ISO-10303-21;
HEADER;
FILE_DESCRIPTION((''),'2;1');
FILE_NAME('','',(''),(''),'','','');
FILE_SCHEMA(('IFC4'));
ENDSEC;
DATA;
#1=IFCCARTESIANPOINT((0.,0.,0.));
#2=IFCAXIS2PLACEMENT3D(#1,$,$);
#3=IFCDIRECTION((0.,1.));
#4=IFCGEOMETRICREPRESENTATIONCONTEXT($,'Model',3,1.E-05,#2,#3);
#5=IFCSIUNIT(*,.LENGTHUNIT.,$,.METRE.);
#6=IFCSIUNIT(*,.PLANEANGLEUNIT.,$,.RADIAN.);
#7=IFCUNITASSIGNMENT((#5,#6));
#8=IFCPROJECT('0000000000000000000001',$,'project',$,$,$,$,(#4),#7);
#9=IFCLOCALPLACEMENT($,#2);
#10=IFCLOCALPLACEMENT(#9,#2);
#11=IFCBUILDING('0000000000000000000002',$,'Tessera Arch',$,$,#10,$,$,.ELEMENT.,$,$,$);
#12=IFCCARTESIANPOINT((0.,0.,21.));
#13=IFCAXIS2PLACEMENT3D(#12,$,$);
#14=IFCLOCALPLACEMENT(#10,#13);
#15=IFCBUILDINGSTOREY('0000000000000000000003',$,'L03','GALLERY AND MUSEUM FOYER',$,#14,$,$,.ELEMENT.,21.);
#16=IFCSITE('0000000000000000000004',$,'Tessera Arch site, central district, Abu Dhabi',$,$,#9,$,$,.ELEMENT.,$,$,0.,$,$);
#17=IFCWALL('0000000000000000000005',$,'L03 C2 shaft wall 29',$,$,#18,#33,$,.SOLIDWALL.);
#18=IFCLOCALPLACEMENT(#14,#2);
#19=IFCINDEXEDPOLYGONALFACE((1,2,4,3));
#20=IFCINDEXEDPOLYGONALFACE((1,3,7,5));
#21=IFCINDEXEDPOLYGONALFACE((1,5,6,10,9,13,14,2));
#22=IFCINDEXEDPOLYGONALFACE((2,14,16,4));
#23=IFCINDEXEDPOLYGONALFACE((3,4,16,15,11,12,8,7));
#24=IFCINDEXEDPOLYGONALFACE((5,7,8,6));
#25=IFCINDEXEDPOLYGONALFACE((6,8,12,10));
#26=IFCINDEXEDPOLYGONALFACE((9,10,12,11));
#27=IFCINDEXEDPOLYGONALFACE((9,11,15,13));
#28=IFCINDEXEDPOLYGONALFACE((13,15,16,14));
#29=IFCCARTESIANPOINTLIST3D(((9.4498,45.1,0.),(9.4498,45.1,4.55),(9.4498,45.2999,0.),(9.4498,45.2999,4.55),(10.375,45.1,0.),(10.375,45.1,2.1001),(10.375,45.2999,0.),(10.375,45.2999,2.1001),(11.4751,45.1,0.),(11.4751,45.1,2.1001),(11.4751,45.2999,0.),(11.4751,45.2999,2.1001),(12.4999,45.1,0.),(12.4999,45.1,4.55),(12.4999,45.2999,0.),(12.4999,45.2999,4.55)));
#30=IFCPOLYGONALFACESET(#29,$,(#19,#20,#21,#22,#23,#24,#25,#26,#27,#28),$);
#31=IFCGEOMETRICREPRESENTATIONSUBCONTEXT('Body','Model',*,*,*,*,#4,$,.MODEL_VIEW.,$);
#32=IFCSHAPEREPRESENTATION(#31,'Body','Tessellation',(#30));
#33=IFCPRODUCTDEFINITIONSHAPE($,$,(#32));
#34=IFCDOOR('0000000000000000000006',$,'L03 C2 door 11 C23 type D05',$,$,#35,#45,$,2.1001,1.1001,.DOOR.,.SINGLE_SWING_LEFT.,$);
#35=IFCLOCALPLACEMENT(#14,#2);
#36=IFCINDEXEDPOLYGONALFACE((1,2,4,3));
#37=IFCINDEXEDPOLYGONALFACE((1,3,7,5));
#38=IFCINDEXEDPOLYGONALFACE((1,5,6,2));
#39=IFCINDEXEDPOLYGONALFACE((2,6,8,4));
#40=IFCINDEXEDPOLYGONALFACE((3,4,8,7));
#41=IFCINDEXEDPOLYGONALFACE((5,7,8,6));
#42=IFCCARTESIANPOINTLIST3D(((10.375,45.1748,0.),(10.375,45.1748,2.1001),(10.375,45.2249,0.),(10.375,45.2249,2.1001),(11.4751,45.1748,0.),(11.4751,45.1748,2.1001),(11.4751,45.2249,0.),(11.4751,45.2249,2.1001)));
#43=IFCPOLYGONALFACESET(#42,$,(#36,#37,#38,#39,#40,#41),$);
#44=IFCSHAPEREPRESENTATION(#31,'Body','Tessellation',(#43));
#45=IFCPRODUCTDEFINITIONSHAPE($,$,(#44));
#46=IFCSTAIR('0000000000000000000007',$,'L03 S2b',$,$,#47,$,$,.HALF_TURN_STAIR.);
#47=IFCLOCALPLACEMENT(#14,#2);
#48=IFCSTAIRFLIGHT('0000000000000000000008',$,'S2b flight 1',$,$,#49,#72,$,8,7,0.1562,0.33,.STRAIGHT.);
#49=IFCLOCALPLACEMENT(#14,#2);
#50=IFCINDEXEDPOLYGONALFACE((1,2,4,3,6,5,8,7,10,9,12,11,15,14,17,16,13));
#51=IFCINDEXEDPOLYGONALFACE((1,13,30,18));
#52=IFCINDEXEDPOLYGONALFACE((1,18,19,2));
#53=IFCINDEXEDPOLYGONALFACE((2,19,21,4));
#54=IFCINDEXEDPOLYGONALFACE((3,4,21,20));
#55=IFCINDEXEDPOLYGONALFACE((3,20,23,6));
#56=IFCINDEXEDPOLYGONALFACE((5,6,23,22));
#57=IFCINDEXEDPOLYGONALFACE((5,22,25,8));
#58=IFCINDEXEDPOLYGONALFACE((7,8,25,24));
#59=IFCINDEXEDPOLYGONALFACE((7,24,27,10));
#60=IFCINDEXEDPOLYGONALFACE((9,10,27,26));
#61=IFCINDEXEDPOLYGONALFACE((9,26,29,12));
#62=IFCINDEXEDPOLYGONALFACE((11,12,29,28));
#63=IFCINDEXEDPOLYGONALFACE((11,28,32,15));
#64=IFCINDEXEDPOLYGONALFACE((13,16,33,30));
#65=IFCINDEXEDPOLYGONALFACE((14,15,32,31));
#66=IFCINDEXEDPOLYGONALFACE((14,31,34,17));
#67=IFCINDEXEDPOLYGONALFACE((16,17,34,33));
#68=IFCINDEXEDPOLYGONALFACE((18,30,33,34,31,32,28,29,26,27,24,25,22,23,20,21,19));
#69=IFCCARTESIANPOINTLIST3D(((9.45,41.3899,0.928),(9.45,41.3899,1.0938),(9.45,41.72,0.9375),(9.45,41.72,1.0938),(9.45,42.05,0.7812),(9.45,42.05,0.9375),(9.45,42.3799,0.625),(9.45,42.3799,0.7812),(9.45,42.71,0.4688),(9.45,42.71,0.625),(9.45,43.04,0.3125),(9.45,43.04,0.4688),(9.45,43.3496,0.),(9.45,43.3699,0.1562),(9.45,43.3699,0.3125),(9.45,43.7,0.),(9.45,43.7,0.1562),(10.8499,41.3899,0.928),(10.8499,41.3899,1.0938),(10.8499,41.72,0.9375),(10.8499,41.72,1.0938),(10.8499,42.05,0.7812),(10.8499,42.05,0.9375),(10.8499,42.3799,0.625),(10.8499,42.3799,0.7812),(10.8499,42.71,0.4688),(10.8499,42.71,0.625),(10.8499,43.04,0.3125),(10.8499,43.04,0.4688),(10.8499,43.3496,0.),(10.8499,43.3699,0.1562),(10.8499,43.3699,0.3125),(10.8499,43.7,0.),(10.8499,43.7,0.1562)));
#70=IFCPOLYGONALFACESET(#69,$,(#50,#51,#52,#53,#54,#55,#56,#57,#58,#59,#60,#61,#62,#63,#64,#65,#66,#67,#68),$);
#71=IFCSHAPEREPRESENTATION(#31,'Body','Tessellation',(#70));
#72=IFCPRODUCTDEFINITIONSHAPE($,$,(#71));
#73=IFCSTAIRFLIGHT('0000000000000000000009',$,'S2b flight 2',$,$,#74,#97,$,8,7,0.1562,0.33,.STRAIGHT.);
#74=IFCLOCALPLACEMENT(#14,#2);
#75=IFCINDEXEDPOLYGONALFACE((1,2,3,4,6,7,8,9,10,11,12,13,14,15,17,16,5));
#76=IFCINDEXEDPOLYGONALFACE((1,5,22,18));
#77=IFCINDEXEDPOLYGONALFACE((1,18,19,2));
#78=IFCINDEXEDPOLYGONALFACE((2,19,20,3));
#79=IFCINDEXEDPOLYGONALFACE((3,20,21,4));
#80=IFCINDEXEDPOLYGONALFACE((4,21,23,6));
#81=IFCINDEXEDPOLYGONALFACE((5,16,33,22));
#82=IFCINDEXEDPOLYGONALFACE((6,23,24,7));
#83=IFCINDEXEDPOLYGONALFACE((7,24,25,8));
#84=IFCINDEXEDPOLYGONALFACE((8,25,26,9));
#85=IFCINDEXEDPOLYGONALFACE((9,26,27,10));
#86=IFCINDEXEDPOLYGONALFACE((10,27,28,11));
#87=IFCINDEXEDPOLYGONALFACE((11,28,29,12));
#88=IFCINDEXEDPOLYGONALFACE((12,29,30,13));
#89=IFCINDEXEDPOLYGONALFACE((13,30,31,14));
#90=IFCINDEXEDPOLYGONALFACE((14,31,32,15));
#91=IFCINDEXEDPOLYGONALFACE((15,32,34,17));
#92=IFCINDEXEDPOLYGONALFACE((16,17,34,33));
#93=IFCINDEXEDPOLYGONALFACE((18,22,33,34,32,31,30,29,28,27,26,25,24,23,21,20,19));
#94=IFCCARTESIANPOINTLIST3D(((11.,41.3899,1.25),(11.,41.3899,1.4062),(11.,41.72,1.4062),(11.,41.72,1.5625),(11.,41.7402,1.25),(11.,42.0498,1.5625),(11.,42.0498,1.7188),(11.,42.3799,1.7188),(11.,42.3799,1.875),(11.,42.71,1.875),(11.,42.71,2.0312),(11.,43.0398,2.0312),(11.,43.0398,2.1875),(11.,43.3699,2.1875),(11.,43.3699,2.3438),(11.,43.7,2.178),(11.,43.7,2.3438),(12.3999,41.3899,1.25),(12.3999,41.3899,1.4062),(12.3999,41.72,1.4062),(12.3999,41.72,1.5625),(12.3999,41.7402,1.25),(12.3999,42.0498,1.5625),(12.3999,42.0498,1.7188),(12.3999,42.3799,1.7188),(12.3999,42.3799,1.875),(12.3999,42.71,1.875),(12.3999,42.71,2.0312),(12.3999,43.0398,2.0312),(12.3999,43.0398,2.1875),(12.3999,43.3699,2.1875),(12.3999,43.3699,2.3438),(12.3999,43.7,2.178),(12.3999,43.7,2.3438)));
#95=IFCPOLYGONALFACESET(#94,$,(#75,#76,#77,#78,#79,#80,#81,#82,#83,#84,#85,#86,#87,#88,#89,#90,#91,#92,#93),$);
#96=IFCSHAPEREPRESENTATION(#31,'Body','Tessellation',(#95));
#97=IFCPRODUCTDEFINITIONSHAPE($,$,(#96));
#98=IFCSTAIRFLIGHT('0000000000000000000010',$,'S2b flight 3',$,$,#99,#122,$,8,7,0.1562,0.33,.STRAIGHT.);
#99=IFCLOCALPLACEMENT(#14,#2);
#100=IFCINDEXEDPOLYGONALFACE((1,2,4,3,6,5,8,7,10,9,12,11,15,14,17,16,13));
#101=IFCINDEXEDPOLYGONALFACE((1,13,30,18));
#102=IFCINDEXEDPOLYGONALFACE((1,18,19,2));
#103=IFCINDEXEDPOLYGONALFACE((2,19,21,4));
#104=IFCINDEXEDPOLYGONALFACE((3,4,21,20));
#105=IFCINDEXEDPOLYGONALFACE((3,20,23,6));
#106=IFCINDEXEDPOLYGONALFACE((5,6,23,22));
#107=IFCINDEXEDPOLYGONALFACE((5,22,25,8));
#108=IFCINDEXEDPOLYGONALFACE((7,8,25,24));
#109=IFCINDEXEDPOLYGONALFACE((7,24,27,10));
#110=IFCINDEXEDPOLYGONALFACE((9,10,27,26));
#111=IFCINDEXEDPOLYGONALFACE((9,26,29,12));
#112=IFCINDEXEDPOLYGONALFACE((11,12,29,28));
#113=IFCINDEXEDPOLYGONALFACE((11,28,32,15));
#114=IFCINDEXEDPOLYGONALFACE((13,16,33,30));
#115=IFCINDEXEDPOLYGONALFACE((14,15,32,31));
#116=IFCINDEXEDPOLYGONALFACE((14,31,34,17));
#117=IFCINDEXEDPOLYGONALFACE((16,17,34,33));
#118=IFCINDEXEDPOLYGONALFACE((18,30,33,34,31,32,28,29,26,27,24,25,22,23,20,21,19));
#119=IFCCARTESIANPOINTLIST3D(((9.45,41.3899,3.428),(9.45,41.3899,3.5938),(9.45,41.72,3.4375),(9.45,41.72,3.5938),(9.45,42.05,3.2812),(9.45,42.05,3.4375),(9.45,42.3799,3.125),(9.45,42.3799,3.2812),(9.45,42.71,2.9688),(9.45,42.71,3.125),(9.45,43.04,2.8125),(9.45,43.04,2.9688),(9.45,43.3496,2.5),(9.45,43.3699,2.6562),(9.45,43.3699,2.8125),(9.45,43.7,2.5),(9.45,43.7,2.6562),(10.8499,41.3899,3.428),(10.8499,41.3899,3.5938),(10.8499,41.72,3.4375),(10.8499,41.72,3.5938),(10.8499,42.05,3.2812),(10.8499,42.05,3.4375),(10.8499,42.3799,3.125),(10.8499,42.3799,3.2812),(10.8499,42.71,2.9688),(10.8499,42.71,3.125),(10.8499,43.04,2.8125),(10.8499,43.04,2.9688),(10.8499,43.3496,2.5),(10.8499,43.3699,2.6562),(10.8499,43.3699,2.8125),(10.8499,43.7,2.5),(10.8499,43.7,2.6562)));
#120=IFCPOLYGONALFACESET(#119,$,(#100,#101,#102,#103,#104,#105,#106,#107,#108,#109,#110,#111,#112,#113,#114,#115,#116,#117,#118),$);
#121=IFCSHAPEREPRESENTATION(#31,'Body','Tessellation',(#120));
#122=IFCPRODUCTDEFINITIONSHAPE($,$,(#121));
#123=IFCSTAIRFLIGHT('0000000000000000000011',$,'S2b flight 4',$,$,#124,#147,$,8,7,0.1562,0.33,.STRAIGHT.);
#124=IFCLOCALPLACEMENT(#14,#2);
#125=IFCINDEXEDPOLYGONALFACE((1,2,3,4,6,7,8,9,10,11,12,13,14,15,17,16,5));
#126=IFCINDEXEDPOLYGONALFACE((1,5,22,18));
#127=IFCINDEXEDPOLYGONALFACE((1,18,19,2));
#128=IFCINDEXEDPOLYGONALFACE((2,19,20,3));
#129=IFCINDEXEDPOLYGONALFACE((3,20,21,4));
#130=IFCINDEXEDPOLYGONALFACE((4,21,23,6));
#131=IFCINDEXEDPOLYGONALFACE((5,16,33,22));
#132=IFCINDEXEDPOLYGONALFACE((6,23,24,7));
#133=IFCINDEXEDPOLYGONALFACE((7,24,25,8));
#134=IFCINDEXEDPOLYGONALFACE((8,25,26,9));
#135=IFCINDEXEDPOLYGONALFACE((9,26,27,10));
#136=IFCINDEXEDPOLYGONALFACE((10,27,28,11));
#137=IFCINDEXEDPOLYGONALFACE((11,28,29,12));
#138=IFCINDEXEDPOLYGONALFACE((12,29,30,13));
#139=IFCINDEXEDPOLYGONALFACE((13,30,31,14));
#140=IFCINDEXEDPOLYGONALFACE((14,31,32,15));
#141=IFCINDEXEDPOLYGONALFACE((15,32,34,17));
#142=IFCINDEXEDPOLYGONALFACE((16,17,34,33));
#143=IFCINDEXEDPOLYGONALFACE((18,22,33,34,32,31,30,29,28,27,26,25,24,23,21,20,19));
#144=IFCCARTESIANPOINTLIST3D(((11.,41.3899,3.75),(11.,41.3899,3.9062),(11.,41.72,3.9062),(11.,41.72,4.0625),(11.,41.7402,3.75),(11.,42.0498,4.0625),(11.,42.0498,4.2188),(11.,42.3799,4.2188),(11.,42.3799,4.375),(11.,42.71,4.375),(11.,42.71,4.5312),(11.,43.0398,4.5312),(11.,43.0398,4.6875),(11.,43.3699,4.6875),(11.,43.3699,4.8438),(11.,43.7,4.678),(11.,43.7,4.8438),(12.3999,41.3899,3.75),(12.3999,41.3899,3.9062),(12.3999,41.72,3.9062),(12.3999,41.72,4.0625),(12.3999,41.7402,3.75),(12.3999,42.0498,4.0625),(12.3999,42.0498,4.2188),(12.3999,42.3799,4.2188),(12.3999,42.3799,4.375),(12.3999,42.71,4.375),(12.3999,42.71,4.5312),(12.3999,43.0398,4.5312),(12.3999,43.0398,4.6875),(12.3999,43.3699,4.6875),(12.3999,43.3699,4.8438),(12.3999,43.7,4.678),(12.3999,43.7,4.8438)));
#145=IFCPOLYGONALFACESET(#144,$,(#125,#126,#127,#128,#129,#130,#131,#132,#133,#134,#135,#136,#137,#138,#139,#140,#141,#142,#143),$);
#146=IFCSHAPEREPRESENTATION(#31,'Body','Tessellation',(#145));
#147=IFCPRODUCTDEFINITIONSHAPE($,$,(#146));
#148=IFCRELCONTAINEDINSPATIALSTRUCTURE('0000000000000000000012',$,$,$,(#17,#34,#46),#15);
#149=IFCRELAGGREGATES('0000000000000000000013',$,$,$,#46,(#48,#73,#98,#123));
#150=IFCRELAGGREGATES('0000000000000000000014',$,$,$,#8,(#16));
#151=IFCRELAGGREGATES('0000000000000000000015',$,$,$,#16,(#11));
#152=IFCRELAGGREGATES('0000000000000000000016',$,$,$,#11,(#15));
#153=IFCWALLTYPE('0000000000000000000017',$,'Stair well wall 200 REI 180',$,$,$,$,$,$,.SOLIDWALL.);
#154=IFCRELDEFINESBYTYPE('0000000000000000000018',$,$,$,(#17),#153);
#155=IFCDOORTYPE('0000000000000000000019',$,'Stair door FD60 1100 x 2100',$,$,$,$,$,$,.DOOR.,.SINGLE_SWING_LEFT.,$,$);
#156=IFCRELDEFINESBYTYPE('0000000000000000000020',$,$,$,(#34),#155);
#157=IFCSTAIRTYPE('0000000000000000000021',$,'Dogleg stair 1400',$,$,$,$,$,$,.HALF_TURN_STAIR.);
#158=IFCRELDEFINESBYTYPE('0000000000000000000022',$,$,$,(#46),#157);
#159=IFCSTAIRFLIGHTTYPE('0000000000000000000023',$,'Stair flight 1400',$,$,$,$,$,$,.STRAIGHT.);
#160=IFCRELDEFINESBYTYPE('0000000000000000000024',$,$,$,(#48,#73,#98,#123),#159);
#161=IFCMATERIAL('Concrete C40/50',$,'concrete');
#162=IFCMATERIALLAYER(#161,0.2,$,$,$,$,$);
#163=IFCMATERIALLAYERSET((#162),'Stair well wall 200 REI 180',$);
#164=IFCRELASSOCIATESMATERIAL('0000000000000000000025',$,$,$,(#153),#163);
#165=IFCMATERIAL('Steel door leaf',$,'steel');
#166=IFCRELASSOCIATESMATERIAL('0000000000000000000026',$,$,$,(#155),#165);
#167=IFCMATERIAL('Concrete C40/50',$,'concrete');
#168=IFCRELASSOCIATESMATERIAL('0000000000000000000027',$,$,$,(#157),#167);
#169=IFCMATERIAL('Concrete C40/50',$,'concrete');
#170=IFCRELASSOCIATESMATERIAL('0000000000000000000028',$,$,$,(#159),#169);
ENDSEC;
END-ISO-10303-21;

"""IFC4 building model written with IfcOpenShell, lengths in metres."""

from ifc_helpers import new_model, si_unit, direction, frame, frame_2d, origin, place, context, subcontext, project, spatial, polyline, rectangle, outline, extrude, material, layer, layer_set, type_object, element, fill, aggregate, save


model = new_model("IFC4")

# Units and contexts
model_context = context("Model", 3, precision=1e-05, world=origin(), true_north=direction((0.0, 1.0)))
body_context = subcontext(model_context, "Body", "Model", "MODEL_VIEW")
ifc_project = project(units=[si_unit("LENGTHUNIT", "METRE"), si_unit("PLANEANGLEUNIT", "RADIAN")], contexts=[model_context])

# Site, building, storey
site_placement = place(None, origin())
site = spatial("IfcSite", under=ifc_project, at=site_placement, Name="Tessera Arch site, central district, Abu Dhabi", CompositionType="ELEMENT", RefElevation=0.0)
building_placement = place(site_placement, origin())
building = spatial("IfcBuilding", under=site, at=building_placement, Name="Tessera Arch", CompositionType="ELEMENT")
storey_placement = place(building_placement, frame((0.0, 0.0, 21.0)))
storey = spatial("IfcBuildingStorey", under=building, at=storey_placement, Name="L03", Description="GALLERY AND MUSEUM FOYER", CompositionType="ELEMENT", Elevation=21.0)

# Shared definitions
ifc_material_1 = material(Name="Concrete C40/50", Category="concrete")
ifc_layer_1 = layer(ifc_material_1, 0.2)
ifc_layer_set_1 = layer_set([ifc_layer_1], Name="Stair well wall 200 REI 180")
wall_type_1 = type_object("IfcWallType", Name="Stair well wall 200 REI 180", PredefinedType="SOLIDWALL", material=ifc_layer_set_1)

# Wall, opening, door
wall_1_placement = place(storey_placement, frame((9.45, 45.2, 0.0), z_axis=(0.0, 0.0, 1.0), x_axis=(1.0, 0.0, 0.0)))
wall_1 = element("IfcWall", 1, at=wall_1_placement, inside=storey, type_object=wall_type_1, Name="L03 C2 shaft wall 29", PredefinedType="SOLIDWALL", context=body_context, shape_type="SweptSolid", body=[
    extrude(rectangle(XDim=3.05, YDim=0.2, at=frame_2d((1.5249, 0.0))), origin(), (0.0, 0.0, 1.0), 4.55),
])
opening_1_placement = place(wall_1_placement, frame((0.925, 0.0, 0.0)))
opening_1 = element("IfcOpeningElement", 2, at=opening_1_placement, cuts=wall_1, PredefinedType="OPENING", context=body_context, shape_type="SweptSolid", body=[
    extrude(rectangle(XDim=1.1001, YDim=2.1001, at=frame_2d((0.55, 1.05))), frame((0.0, 0.1099, 0.0), z_axis=(0.0, -1.0, 0.0), x_axis=(1.0, 0.0, 0.0)), (0.0, 0.0, 1.0), 0.22),
])
ifc_material_2 = material(Name="Steel door leaf", Category="steel")
door_type_1 = type_object("IfcDoorType", Name="Stair door FD60 1100 x 2100", OperationType="SINGLE_SWING_LEFT", PredefinedType="DOOR", material=ifc_material_2)
door_1_placement = place(opening_1_placement, origin())
door_1 = element("IfcDoor", 3, at=door_1_placement, inside=storey, type_object=door_type_1, Name="L03 C2 door 11 C23 type D05", OperationType="SINGLE_SWING_LEFT", OverallHeight=2.1001, OverallWidth=1.1001, PredefinedType="DOOR", context=body_context, shape_type="SweptSolid", body=[
    extrude(rectangle(XDim=1.1001, YDim=2.1001, at=frame_2d((0.55, 1.05))), frame((0.0, 0.0249, 0.0), z_axis=(0.0, -1.0, 0.0), x_axis=(1.0, 0.0, 0.0)), (0.0, 0.0, 1.0), 0.05),
])
fill(opening_1, door_1)

# Stair, stair flights
ifc_material_3 = material(Name="Concrete C40/50", Category="concrete")
stair_type = type_object("IfcStairType", Name="Dogleg stair 1400", PredefinedType="HALF_TURN_STAIR", material=ifc_material_3)
stair_placement = place(storey_placement, origin())
stair = element("IfcStair", 4, at=stair_placement, inside=storey, type_object=stair_type, Name="L03 S2b", PredefinedType="HALF_TURN_STAIR")
ifc_material_4 = material(Name="Concrete C40/50", Category="concrete")
stair_flight_type = type_object("IfcStairFlightType", Name="Stair flight 1400", PredefinedType="STRAIGHT", material=ifc_material_4)
stair_flight_1_placement = place(storey_placement, frame((10.1499, 43.7, 0.0), z_axis=(0.0, 0.0, 1.0), x_axis=(0.0, -1.0, 0.0)))
stair_flight_1 = element("IfcStairFlight", 5, at=stair_flight_1_placement, type_object=stair_flight_type, Name="S2b flight 1", NumberOfRisers=8, NumberOfTreads=7, PredefinedType="STRAIGHT", RiserHeight=0.1562, TreadLength=0.33, context=body_context, shape_type="SweptSolid", body=[
    extrude(outline(polyline([(0.0, 0.0), (0.0, 0.1562), (0.3301, 0.1562), (0.3301, 0.3125), (0.6599, 0.3125), (0.6599, 0.4688), (0.99, 0.4688), (0.99, 0.625), (1.3201, 0.625), (1.3201, 0.7812), (1.6499, 0.7812), (1.6499, 0.9375), (1.98, 0.9375), (1.98, 1.0938), (2.3101, 1.0938), (2.3101, 1.25), (2.3101, 0.928), (0.3503, 0.0), (0.0, 0.0)])), frame((0.0, 0.7, 0.0), z_axis=(0.0, -1.0, 0.0), x_axis=(1.0, 0.0, 0.0)), (0.0, 0.0, 1.0), 1.3999),
])
stair_flight_2_placement = place(storey_placement, frame((11.7, 41.3899, 1.25), z_axis=(0.0, 0.0, 1.0), x_axis=(0.0, 1.0, 0.0)))
stair_flight_2 = element("IfcStairFlight", 6, at=stair_flight_2_placement, type_object=stair_flight_type, Name="S2b flight 2", NumberOfRisers=8, NumberOfTreads=7, PredefinedType="STRAIGHT", RiserHeight=0.1562, TreadLength=0.33, context=body_context, shape_type="SweptSolid", body=[
    extrude(outline(polyline([(0.0, 0.0), (0.0, 0.1562), (0.3301, 0.1562), (0.3301, 0.3125), (0.6599, 0.3125), (0.6599, 0.4688), (0.99, 0.4688), (0.99, 0.625), (1.3201, 0.625), (1.3201, 0.7812), (1.6499, 0.7812), (1.6499, 0.9375), (1.98, 0.9375), (1.98, 1.0938), (2.3101, 1.0938), (2.3101, 1.25), (2.3101, 0.928), (0.3503, 0.0), (0.0, 0.0)])), frame((0.0, 0.7, 0.0), z_axis=(0.0, -1.0, 0.0), x_axis=(1.0, 0.0, 0.0)), (0.0, 0.0, 1.0), 1.3999),
])
stair_flight_3_placement = place(storey_placement, frame((10.1499, 43.7, 2.5), z_axis=(0.0, 0.0, 1.0), x_axis=(0.0, -1.0, 0.0)))
stair_flight_3 = element("IfcStairFlight", 7, at=stair_flight_3_placement, type_object=stair_flight_type, Name="S2b flight 3", NumberOfRisers=8, NumberOfTreads=7, PredefinedType="STRAIGHT", RiserHeight=0.1562, TreadLength=0.33, context=body_context, shape_type="SweptSolid", body=[
    extrude(outline(polyline([(0.0, 0.0), (0.0, 0.1562), (0.3301, 0.1562), (0.3301, 0.3125), (0.6599, 0.3125), (0.6599, 0.4688), (0.99, 0.4688), (0.99, 0.625), (1.3201, 0.625), (1.3201, 0.7812), (1.6499, 0.7812), (1.6499, 0.9375), (1.98, 0.9375), (1.98, 1.0938), (2.3101, 1.0938), (2.3101, 1.25), (2.3101, 0.928), (0.3503, 0.0), (0.0, 0.0)])), frame((0.0, 0.7, 0.0), z_axis=(0.0, -1.0, 0.0), x_axis=(1.0, 0.0, 0.0)), (0.0, 0.0, 1.0), 1.3999),
])
stair_flight_4_placement = place(storey_placement, frame((11.7, 41.3899, 3.75), z_axis=(0.0, 0.0, 1.0), x_axis=(0.0, 1.0, 0.0)))
stair_flight_4 = element("IfcStairFlight", 8, at=stair_flight_4_placement, type_object=stair_flight_type, Name="S2b flight 4", NumberOfRisers=8, NumberOfTreads=7, PredefinedType="STRAIGHT", RiserHeight=0.1562, TreadLength=0.33, context=body_context, shape_type="SweptSolid", body=[
    extrude(outline(polyline([(0.0, 0.0), (0.0, 0.1562), (0.3301, 0.1562), (0.3301, 0.3125), (0.6599, 0.3125), (0.6599, 0.4688), (0.99, 0.4688), (0.99, 0.625), (1.3201, 0.625), (1.3201, 0.7812), (1.6499, 0.7812), (1.6499, 0.9375), (1.98, 0.9375), (1.98, 1.0938), (2.3101, 1.0938), (2.3101, 1.25), (2.3101, 0.928), (0.3503, 0.0), (0.0, 0.0)])), frame((0.0, 0.7, 0.0), z_axis=(0.0, -1.0, 0.0), x_axis=(1.0, 0.0, 0.0)), (0.0, 0.0, 1.0), 1.3999),
])
aggregate(stair, [stair_flight_1, stair_flight_2, stair_flight_3, stair_flight_4])

save(model, "model.ifc")
